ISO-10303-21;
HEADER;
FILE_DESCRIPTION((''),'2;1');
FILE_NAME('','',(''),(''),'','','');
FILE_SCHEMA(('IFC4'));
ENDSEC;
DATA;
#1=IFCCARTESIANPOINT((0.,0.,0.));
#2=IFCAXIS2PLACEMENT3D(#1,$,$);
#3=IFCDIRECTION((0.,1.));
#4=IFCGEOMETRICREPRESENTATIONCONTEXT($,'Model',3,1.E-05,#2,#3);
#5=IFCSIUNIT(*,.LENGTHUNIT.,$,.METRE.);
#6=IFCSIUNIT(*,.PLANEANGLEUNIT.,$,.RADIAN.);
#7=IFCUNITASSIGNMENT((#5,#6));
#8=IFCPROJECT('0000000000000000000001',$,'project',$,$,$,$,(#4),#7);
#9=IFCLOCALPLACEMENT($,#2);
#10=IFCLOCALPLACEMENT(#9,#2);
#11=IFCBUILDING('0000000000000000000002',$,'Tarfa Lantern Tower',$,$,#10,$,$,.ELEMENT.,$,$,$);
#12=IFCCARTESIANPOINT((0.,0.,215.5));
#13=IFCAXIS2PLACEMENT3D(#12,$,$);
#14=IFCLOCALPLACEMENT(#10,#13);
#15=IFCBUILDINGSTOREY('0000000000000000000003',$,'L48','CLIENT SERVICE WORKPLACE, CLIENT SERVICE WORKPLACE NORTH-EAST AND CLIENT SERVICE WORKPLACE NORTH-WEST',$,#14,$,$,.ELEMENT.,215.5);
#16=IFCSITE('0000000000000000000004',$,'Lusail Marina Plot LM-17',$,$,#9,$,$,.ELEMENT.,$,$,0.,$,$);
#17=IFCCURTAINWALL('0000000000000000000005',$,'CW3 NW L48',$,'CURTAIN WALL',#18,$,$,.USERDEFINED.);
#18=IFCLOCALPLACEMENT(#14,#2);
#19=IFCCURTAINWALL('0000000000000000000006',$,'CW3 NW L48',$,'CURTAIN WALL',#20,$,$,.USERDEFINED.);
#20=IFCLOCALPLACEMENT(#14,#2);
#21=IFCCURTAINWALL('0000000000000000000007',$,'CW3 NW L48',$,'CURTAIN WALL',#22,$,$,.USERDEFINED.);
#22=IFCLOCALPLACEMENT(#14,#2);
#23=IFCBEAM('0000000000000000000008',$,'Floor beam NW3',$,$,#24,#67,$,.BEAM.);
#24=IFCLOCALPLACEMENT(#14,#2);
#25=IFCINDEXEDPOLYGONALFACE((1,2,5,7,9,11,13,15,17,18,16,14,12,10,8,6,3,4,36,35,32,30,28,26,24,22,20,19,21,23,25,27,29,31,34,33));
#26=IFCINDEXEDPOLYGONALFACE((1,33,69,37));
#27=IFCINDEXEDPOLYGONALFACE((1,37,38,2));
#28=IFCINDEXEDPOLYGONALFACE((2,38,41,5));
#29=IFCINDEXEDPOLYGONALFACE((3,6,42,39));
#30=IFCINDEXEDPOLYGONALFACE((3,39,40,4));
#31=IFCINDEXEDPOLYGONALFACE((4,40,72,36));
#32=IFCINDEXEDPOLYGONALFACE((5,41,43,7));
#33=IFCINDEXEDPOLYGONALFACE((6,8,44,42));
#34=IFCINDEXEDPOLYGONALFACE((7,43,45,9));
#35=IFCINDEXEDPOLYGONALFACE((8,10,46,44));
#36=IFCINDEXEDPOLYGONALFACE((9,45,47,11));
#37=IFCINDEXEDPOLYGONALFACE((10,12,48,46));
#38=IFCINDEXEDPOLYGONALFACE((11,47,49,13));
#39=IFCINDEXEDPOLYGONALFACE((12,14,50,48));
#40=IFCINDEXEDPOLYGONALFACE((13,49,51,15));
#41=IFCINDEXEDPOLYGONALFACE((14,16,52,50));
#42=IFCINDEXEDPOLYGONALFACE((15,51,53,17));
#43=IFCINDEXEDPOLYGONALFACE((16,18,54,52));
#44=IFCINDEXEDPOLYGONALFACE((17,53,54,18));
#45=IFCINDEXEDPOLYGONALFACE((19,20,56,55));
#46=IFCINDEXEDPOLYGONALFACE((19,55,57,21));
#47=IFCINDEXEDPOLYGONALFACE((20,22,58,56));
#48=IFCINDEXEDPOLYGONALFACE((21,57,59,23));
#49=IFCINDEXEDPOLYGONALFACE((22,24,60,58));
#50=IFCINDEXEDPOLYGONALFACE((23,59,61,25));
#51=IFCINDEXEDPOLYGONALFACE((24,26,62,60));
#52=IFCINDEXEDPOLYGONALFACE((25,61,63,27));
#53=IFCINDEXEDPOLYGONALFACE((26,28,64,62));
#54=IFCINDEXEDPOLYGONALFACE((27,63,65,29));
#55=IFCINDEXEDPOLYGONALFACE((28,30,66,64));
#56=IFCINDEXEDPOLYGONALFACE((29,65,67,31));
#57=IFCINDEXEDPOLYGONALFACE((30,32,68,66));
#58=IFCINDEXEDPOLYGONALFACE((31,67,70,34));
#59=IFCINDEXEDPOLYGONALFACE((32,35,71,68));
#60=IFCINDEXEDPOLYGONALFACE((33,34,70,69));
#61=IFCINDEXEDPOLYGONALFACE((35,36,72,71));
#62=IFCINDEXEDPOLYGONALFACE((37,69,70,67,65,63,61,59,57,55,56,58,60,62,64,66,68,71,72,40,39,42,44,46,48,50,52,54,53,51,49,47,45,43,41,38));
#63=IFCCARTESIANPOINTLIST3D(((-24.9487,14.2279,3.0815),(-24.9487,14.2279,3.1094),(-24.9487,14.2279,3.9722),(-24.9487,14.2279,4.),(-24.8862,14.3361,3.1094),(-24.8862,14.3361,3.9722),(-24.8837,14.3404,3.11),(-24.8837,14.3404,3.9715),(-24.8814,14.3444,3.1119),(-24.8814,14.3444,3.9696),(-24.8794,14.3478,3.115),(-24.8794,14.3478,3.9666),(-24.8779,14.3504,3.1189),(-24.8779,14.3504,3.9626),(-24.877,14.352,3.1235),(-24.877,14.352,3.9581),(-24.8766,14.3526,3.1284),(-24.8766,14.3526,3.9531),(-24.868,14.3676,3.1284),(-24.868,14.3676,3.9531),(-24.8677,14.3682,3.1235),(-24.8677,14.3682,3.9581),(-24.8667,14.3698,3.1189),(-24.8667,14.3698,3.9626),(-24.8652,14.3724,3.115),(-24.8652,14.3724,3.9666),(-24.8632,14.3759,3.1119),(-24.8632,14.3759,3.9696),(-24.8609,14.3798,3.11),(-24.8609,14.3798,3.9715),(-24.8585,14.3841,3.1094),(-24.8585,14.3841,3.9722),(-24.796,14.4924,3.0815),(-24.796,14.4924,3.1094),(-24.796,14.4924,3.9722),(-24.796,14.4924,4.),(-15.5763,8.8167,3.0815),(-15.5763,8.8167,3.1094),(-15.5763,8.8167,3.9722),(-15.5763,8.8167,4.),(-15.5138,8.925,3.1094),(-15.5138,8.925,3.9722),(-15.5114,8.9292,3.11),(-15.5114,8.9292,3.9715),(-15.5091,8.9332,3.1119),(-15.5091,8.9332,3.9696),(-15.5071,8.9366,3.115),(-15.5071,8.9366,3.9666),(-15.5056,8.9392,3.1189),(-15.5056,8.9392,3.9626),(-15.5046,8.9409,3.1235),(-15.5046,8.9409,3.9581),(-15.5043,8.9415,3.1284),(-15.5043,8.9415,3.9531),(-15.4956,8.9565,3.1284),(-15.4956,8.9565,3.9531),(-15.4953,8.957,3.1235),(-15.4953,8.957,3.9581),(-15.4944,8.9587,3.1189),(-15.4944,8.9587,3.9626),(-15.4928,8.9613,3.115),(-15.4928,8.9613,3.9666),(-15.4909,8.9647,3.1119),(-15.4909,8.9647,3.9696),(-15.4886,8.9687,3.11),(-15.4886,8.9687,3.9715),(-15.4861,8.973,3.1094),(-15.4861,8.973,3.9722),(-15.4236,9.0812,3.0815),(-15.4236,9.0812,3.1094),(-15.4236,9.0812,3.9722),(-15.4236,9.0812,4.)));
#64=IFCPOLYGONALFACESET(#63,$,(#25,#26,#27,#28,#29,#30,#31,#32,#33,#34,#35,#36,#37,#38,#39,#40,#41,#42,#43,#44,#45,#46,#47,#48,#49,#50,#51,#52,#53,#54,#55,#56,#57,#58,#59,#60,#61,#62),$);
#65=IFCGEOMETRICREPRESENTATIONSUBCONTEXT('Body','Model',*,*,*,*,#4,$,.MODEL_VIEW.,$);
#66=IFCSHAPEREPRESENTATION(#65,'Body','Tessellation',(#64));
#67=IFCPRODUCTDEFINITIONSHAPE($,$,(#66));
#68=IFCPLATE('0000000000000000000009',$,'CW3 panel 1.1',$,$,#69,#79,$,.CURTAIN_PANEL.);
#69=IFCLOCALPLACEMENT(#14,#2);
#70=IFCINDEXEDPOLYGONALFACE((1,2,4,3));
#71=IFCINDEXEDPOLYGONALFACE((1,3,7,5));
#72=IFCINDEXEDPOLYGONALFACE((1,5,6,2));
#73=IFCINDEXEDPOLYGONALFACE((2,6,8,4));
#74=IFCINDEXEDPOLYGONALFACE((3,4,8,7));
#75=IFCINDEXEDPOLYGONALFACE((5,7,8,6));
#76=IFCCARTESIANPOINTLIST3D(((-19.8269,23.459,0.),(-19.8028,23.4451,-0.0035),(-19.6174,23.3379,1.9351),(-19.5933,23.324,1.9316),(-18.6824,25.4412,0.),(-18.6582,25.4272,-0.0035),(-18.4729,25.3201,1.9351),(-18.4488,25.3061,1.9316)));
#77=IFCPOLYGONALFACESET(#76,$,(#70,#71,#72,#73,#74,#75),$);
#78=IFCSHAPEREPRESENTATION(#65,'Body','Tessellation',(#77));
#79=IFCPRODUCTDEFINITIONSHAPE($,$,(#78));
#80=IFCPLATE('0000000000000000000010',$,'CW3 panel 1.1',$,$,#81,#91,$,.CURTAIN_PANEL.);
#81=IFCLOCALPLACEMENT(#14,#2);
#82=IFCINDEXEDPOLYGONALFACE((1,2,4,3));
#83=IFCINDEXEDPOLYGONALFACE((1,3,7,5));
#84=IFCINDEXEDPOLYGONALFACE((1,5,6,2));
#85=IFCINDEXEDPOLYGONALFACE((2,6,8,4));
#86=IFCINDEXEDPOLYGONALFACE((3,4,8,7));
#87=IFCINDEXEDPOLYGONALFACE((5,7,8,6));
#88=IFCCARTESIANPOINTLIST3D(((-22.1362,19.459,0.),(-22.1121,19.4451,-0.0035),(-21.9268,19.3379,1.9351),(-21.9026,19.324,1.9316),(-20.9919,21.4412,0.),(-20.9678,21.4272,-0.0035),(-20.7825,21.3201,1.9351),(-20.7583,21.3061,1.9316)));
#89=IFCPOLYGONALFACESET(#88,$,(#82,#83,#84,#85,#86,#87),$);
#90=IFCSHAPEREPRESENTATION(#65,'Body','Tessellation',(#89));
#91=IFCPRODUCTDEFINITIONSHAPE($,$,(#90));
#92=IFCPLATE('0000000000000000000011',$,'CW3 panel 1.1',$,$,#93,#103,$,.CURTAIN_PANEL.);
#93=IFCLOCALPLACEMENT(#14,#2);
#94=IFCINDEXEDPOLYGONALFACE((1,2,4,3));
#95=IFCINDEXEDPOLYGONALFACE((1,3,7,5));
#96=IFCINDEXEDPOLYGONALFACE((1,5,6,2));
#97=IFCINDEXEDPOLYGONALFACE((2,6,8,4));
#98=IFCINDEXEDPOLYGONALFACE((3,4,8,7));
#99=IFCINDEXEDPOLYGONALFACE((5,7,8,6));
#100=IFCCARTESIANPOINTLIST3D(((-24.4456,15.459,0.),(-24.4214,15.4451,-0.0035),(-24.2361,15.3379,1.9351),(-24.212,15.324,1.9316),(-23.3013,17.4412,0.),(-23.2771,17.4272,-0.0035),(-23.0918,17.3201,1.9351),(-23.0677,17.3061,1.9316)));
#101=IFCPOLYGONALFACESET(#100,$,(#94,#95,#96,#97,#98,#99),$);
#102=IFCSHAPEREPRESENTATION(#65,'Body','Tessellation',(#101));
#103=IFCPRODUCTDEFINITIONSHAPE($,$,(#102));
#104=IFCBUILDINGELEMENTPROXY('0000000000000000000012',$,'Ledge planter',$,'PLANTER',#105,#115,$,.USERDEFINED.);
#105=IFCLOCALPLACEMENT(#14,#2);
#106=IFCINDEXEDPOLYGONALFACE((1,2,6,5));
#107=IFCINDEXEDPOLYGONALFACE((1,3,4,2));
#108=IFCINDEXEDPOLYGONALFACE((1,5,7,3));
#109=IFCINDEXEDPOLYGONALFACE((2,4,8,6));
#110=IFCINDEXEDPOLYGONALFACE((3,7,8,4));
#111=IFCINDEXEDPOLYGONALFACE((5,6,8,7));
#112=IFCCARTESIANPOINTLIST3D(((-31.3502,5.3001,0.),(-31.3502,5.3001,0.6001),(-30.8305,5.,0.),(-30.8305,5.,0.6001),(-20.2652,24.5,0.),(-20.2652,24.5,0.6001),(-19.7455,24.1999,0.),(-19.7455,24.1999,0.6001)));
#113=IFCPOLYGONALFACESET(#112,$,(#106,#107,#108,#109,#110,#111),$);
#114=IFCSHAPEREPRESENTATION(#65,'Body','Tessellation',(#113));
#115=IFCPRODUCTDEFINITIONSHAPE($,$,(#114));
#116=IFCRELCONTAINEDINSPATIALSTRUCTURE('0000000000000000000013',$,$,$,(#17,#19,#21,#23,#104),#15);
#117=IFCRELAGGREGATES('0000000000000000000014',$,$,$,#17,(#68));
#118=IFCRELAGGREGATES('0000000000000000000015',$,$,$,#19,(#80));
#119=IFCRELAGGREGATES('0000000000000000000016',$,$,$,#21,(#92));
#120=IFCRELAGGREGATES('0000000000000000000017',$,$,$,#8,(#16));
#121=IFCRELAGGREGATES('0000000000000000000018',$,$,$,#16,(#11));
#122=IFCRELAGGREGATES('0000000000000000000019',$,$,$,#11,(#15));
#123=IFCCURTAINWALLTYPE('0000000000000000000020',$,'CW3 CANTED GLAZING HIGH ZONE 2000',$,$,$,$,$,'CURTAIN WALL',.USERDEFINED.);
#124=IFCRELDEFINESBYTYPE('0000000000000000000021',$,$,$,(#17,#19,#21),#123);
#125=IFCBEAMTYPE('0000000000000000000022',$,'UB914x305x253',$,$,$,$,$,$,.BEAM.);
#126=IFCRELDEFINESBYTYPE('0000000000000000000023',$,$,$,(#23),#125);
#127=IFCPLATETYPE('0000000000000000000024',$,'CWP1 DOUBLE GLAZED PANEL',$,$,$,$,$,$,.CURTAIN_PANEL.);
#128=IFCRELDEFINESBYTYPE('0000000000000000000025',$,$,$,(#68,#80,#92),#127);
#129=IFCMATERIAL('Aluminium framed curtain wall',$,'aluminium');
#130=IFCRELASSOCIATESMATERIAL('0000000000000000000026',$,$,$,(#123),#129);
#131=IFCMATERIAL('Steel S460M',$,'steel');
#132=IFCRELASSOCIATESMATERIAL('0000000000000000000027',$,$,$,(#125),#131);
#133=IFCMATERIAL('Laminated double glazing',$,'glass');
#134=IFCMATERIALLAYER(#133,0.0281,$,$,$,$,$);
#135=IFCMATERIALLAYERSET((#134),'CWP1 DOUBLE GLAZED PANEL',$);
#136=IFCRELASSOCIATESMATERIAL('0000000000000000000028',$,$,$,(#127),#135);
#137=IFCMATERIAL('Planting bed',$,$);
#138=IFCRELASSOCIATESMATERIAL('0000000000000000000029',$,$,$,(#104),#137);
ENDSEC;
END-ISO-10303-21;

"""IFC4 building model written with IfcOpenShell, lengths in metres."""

from ifc_helpers import new_model, si_unit, direction, frame, origin, origin_2d, place, context, subcontext, project, spatial, polyline, rectangle, i_section, outline, extrude, material, layer, layer_set, material_profile, profile_set, type_object, element, aggregate, save


model = new_model("IFC4")

# Units and contexts
model_context = context("Model", 3, precision=1e-05, world=origin(), true_north=direction((0.0, 1.0)))
body_context = subcontext(model_context, "Body", "Model", "MODEL_VIEW")
ifc_project = project(units=[si_unit("LENGTHUNIT", "METRE"), si_unit("PLANEANGLEUNIT", "RADIAN")], contexts=[model_context])

# Site, building, storey
site_placement = place(None, origin())
site = spatial("IfcSite", under=ifc_project, at=site_placement, Name="Lusail Marina Plot LM-17", CompositionType="ELEMENT", RefElevation=0.0)
building_placement = place(site_placement, origin())
building = spatial("IfcBuilding", under=site, at=building_placement, Name="Tarfa Lantern Tower", CompositionType="ELEMENT")
storey_placement = place(building_placement, frame((0.0, 0.0, 215.5)))
storey = spatial("IfcBuildingStorey", under=building, at=storey_placement, Name="L48", Description="CLIENT SERVICE WORKPLACE, CLIENT SERVICE WORKPLACE NORTH-EAST AND CLIENT SERVICE WORKPLACE NORTH-WEST", CompositionType="ELEMENT", Elevation=215.5)

# Shared definitions
ifc_material_1 = material(Name="Steel S460M", Category="steel")

# Curtain wall
ifc_material_2 = material(Name="Aluminium framed curtain wall", Category="aluminium")
curtain_wall_type = type_object("IfcCurtainWallType", Name="CW3 CANTED GLAZING HIGH ZONE 2000", ElementType="CURTAIN WALL", PredefinedType="USERDEFINED", material=ifc_material_2)
curtain_wall_1_placement = place(storey_placement, origin())
curtain_wall_1 = element("IfcCurtainWall", 1, at=curtain_wall_1_placement, inside=storey, type_object=curtain_wall_type, Name="CW3 NW L48", ObjectType="CURTAIN WALL", PredefinedType="USERDEFINED")

# Curtain walls
curtain_wall_2_placement = place(storey_placement, origin())
curtain_wall_2 = element("IfcCurtainWall", 2, at=curtain_wall_2_placement, inside=storey, type_object=curtain_wall_type, Name="CW3 NW L48", ObjectType="CURTAIN WALL", PredefinedType="USERDEFINED")
curtain_wall_3_placement = place(storey_placement, origin())
curtain_wall_3 = element("IfcCurtainWall", 3, at=curtain_wall_3_placement, inside=storey, type_object=curtain_wall_type, Name="CW3 NW L48", ObjectType="CURTAIN WALL", PredefinedType="USERDEFINED")

# Beam
ifc_material_profile_1 = material_profile(ifc_material_1, i_section(OverallWidth=0.3054, OverallDepth=0.9185, WebThickness=0.0173, FlangeThickness=0.0278, FilletRadius=0.019, at=origin_2d()), Name="UB914x305x253")
ifc_profile_set_1 = profile_set([ifc_material_profile_1], Name="Steel S460M")
beam_type_1 = type_object("IfcBeamType", Name="UB914x305x253", PredefinedType="BEAM", material=ifc_profile_set_1)
beam_1_placement = place(storey_placement, frame((-24.8723, 14.3601, 3.5408), z_axis=(0.866024, -0.500002, 0.0), x_axis=(0.500002, 0.866024, 0.0)))
element("IfcBeam", 4, at=beam_1_placement, inside=storey, type_object=beam_type_1, Name="Floor beam NW3", PredefinedType="BEAM", context=body_context, shape_type="SweptSolid", body=[
    extrude(i_section(OverallWidth=0.3054, OverallDepth=0.9185, WebThickness=0.0173, FlangeThickness=0.0278, FilletRadius=0.019, at=origin_2d()), origin(), (0.0, 0.0, 1.0), 10.8223),
])

# Plates
ifc_material_3 = material(Name="Laminated double glazing", Category="glass")
ifc_layer = layer(ifc_material_3, 0.0281)
ifc_layer_set = layer_set([ifc_layer], Name="CWP1 DOUBLE GLAZED PANEL")
plate_type = type_object("IfcPlateType", Name="CWP1 DOUBLE GLAZED PANEL", PredefinedType="CURTAIN_PANEL", material=ifc_layer_set)
plate_1_placement = place(storey_placement, frame((-18.6824, 25.4412, 0.0), z_axis=(-0.859311, 0.496176, 0.124072), x_axis=(-0.500039, -0.866003, 0.0)))
plate_1 = element("IfcPlate", 5, at=plate_1_placement, type_object=plate_type, Name="CW3 panel 1.1", PredefinedType="CURTAIN_PANEL", context=body_context, shape_type="SweptSolid", body=[
    extrude(outline(polyline([(0.0, 0.0), (2.2889, 0.0), (2.289, 1.9501), (0.0001, 1.9501), (0.0, 0.0)])), origin(), (0.0, 0.0, -1.0), 0.0281),
])
aggregate(curtain_wall_1, [plate_1])
plate_2_placement = place(storey_placement, frame((-20.9919, 21.4412, 0.0), z_axis=(-0.859357, 0.496096, 0.124072), x_axis=(-0.499959, -0.866049, 0.0)))
plate_2 = element("IfcPlate", 6, at=plate_2_placement, type_object=plate_type, Name="CW3 panel 1.1", PredefinedType="CURTAIN_PANEL", context=body_context, shape_type="SweptSolid", body=[
    extrude(outline(polyline([(0.0, 0.0), (2.2888, 0.0), (2.2889, 1.9501), (0.0001, 1.9501), (0.0, 0.0)])), origin(), (0.0, 0.0, -1.0), 0.0281),
])
aggregate(curtain_wall_2, [plate_2])
plate_3_placement = place(storey_placement, frame((-23.3013, 17.4412, 0.0), z_axis=(-0.859357, 0.496096, 0.124072), x_axis=(-0.499959, -0.866049, 0.0)))
plate_3 = element("IfcPlate", 7, at=plate_3_placement, type_object=plate_type, Name="CW3 panel 1.1", PredefinedType="CURTAIN_PANEL", context=body_context, shape_type="SweptSolid", body=[
    extrude(outline(polyline([(0.0, 0.0), (2.2888, 0.0), (2.2889, 1.9501), (0.0001, 1.9501), (0.0, 0.0)])), origin(), (0.0, 0.0, -1.0), 0.0281),
])
aggregate(curtain_wall_3, [plate_3])

# Building element proxy
ifc_material_4 = material(Name="Planting bed")
proxy_placement = place(storey_placement, frame((-25.5479, 14.75, 0.0), z_axis=(0.0, 0.0, 1.0), x_axis=(-0.5, -0.866025, 0.0)))
element("IfcBuildingElementProxy", 8, at=proxy_placement, inside=storey, material=ifc_material_4, Name="Ledge planter", ObjectType="PLANTER", PredefinedType="USERDEFINED", context=body_context, shape_type="SweptSolid", body=[
    extrude(rectangle(XDim=22.1702, YDim=0.6001, at=origin_2d()), origin(), (0.0, 0.0, 1.0), 0.6001),
])

save(model, "model.ifc")
